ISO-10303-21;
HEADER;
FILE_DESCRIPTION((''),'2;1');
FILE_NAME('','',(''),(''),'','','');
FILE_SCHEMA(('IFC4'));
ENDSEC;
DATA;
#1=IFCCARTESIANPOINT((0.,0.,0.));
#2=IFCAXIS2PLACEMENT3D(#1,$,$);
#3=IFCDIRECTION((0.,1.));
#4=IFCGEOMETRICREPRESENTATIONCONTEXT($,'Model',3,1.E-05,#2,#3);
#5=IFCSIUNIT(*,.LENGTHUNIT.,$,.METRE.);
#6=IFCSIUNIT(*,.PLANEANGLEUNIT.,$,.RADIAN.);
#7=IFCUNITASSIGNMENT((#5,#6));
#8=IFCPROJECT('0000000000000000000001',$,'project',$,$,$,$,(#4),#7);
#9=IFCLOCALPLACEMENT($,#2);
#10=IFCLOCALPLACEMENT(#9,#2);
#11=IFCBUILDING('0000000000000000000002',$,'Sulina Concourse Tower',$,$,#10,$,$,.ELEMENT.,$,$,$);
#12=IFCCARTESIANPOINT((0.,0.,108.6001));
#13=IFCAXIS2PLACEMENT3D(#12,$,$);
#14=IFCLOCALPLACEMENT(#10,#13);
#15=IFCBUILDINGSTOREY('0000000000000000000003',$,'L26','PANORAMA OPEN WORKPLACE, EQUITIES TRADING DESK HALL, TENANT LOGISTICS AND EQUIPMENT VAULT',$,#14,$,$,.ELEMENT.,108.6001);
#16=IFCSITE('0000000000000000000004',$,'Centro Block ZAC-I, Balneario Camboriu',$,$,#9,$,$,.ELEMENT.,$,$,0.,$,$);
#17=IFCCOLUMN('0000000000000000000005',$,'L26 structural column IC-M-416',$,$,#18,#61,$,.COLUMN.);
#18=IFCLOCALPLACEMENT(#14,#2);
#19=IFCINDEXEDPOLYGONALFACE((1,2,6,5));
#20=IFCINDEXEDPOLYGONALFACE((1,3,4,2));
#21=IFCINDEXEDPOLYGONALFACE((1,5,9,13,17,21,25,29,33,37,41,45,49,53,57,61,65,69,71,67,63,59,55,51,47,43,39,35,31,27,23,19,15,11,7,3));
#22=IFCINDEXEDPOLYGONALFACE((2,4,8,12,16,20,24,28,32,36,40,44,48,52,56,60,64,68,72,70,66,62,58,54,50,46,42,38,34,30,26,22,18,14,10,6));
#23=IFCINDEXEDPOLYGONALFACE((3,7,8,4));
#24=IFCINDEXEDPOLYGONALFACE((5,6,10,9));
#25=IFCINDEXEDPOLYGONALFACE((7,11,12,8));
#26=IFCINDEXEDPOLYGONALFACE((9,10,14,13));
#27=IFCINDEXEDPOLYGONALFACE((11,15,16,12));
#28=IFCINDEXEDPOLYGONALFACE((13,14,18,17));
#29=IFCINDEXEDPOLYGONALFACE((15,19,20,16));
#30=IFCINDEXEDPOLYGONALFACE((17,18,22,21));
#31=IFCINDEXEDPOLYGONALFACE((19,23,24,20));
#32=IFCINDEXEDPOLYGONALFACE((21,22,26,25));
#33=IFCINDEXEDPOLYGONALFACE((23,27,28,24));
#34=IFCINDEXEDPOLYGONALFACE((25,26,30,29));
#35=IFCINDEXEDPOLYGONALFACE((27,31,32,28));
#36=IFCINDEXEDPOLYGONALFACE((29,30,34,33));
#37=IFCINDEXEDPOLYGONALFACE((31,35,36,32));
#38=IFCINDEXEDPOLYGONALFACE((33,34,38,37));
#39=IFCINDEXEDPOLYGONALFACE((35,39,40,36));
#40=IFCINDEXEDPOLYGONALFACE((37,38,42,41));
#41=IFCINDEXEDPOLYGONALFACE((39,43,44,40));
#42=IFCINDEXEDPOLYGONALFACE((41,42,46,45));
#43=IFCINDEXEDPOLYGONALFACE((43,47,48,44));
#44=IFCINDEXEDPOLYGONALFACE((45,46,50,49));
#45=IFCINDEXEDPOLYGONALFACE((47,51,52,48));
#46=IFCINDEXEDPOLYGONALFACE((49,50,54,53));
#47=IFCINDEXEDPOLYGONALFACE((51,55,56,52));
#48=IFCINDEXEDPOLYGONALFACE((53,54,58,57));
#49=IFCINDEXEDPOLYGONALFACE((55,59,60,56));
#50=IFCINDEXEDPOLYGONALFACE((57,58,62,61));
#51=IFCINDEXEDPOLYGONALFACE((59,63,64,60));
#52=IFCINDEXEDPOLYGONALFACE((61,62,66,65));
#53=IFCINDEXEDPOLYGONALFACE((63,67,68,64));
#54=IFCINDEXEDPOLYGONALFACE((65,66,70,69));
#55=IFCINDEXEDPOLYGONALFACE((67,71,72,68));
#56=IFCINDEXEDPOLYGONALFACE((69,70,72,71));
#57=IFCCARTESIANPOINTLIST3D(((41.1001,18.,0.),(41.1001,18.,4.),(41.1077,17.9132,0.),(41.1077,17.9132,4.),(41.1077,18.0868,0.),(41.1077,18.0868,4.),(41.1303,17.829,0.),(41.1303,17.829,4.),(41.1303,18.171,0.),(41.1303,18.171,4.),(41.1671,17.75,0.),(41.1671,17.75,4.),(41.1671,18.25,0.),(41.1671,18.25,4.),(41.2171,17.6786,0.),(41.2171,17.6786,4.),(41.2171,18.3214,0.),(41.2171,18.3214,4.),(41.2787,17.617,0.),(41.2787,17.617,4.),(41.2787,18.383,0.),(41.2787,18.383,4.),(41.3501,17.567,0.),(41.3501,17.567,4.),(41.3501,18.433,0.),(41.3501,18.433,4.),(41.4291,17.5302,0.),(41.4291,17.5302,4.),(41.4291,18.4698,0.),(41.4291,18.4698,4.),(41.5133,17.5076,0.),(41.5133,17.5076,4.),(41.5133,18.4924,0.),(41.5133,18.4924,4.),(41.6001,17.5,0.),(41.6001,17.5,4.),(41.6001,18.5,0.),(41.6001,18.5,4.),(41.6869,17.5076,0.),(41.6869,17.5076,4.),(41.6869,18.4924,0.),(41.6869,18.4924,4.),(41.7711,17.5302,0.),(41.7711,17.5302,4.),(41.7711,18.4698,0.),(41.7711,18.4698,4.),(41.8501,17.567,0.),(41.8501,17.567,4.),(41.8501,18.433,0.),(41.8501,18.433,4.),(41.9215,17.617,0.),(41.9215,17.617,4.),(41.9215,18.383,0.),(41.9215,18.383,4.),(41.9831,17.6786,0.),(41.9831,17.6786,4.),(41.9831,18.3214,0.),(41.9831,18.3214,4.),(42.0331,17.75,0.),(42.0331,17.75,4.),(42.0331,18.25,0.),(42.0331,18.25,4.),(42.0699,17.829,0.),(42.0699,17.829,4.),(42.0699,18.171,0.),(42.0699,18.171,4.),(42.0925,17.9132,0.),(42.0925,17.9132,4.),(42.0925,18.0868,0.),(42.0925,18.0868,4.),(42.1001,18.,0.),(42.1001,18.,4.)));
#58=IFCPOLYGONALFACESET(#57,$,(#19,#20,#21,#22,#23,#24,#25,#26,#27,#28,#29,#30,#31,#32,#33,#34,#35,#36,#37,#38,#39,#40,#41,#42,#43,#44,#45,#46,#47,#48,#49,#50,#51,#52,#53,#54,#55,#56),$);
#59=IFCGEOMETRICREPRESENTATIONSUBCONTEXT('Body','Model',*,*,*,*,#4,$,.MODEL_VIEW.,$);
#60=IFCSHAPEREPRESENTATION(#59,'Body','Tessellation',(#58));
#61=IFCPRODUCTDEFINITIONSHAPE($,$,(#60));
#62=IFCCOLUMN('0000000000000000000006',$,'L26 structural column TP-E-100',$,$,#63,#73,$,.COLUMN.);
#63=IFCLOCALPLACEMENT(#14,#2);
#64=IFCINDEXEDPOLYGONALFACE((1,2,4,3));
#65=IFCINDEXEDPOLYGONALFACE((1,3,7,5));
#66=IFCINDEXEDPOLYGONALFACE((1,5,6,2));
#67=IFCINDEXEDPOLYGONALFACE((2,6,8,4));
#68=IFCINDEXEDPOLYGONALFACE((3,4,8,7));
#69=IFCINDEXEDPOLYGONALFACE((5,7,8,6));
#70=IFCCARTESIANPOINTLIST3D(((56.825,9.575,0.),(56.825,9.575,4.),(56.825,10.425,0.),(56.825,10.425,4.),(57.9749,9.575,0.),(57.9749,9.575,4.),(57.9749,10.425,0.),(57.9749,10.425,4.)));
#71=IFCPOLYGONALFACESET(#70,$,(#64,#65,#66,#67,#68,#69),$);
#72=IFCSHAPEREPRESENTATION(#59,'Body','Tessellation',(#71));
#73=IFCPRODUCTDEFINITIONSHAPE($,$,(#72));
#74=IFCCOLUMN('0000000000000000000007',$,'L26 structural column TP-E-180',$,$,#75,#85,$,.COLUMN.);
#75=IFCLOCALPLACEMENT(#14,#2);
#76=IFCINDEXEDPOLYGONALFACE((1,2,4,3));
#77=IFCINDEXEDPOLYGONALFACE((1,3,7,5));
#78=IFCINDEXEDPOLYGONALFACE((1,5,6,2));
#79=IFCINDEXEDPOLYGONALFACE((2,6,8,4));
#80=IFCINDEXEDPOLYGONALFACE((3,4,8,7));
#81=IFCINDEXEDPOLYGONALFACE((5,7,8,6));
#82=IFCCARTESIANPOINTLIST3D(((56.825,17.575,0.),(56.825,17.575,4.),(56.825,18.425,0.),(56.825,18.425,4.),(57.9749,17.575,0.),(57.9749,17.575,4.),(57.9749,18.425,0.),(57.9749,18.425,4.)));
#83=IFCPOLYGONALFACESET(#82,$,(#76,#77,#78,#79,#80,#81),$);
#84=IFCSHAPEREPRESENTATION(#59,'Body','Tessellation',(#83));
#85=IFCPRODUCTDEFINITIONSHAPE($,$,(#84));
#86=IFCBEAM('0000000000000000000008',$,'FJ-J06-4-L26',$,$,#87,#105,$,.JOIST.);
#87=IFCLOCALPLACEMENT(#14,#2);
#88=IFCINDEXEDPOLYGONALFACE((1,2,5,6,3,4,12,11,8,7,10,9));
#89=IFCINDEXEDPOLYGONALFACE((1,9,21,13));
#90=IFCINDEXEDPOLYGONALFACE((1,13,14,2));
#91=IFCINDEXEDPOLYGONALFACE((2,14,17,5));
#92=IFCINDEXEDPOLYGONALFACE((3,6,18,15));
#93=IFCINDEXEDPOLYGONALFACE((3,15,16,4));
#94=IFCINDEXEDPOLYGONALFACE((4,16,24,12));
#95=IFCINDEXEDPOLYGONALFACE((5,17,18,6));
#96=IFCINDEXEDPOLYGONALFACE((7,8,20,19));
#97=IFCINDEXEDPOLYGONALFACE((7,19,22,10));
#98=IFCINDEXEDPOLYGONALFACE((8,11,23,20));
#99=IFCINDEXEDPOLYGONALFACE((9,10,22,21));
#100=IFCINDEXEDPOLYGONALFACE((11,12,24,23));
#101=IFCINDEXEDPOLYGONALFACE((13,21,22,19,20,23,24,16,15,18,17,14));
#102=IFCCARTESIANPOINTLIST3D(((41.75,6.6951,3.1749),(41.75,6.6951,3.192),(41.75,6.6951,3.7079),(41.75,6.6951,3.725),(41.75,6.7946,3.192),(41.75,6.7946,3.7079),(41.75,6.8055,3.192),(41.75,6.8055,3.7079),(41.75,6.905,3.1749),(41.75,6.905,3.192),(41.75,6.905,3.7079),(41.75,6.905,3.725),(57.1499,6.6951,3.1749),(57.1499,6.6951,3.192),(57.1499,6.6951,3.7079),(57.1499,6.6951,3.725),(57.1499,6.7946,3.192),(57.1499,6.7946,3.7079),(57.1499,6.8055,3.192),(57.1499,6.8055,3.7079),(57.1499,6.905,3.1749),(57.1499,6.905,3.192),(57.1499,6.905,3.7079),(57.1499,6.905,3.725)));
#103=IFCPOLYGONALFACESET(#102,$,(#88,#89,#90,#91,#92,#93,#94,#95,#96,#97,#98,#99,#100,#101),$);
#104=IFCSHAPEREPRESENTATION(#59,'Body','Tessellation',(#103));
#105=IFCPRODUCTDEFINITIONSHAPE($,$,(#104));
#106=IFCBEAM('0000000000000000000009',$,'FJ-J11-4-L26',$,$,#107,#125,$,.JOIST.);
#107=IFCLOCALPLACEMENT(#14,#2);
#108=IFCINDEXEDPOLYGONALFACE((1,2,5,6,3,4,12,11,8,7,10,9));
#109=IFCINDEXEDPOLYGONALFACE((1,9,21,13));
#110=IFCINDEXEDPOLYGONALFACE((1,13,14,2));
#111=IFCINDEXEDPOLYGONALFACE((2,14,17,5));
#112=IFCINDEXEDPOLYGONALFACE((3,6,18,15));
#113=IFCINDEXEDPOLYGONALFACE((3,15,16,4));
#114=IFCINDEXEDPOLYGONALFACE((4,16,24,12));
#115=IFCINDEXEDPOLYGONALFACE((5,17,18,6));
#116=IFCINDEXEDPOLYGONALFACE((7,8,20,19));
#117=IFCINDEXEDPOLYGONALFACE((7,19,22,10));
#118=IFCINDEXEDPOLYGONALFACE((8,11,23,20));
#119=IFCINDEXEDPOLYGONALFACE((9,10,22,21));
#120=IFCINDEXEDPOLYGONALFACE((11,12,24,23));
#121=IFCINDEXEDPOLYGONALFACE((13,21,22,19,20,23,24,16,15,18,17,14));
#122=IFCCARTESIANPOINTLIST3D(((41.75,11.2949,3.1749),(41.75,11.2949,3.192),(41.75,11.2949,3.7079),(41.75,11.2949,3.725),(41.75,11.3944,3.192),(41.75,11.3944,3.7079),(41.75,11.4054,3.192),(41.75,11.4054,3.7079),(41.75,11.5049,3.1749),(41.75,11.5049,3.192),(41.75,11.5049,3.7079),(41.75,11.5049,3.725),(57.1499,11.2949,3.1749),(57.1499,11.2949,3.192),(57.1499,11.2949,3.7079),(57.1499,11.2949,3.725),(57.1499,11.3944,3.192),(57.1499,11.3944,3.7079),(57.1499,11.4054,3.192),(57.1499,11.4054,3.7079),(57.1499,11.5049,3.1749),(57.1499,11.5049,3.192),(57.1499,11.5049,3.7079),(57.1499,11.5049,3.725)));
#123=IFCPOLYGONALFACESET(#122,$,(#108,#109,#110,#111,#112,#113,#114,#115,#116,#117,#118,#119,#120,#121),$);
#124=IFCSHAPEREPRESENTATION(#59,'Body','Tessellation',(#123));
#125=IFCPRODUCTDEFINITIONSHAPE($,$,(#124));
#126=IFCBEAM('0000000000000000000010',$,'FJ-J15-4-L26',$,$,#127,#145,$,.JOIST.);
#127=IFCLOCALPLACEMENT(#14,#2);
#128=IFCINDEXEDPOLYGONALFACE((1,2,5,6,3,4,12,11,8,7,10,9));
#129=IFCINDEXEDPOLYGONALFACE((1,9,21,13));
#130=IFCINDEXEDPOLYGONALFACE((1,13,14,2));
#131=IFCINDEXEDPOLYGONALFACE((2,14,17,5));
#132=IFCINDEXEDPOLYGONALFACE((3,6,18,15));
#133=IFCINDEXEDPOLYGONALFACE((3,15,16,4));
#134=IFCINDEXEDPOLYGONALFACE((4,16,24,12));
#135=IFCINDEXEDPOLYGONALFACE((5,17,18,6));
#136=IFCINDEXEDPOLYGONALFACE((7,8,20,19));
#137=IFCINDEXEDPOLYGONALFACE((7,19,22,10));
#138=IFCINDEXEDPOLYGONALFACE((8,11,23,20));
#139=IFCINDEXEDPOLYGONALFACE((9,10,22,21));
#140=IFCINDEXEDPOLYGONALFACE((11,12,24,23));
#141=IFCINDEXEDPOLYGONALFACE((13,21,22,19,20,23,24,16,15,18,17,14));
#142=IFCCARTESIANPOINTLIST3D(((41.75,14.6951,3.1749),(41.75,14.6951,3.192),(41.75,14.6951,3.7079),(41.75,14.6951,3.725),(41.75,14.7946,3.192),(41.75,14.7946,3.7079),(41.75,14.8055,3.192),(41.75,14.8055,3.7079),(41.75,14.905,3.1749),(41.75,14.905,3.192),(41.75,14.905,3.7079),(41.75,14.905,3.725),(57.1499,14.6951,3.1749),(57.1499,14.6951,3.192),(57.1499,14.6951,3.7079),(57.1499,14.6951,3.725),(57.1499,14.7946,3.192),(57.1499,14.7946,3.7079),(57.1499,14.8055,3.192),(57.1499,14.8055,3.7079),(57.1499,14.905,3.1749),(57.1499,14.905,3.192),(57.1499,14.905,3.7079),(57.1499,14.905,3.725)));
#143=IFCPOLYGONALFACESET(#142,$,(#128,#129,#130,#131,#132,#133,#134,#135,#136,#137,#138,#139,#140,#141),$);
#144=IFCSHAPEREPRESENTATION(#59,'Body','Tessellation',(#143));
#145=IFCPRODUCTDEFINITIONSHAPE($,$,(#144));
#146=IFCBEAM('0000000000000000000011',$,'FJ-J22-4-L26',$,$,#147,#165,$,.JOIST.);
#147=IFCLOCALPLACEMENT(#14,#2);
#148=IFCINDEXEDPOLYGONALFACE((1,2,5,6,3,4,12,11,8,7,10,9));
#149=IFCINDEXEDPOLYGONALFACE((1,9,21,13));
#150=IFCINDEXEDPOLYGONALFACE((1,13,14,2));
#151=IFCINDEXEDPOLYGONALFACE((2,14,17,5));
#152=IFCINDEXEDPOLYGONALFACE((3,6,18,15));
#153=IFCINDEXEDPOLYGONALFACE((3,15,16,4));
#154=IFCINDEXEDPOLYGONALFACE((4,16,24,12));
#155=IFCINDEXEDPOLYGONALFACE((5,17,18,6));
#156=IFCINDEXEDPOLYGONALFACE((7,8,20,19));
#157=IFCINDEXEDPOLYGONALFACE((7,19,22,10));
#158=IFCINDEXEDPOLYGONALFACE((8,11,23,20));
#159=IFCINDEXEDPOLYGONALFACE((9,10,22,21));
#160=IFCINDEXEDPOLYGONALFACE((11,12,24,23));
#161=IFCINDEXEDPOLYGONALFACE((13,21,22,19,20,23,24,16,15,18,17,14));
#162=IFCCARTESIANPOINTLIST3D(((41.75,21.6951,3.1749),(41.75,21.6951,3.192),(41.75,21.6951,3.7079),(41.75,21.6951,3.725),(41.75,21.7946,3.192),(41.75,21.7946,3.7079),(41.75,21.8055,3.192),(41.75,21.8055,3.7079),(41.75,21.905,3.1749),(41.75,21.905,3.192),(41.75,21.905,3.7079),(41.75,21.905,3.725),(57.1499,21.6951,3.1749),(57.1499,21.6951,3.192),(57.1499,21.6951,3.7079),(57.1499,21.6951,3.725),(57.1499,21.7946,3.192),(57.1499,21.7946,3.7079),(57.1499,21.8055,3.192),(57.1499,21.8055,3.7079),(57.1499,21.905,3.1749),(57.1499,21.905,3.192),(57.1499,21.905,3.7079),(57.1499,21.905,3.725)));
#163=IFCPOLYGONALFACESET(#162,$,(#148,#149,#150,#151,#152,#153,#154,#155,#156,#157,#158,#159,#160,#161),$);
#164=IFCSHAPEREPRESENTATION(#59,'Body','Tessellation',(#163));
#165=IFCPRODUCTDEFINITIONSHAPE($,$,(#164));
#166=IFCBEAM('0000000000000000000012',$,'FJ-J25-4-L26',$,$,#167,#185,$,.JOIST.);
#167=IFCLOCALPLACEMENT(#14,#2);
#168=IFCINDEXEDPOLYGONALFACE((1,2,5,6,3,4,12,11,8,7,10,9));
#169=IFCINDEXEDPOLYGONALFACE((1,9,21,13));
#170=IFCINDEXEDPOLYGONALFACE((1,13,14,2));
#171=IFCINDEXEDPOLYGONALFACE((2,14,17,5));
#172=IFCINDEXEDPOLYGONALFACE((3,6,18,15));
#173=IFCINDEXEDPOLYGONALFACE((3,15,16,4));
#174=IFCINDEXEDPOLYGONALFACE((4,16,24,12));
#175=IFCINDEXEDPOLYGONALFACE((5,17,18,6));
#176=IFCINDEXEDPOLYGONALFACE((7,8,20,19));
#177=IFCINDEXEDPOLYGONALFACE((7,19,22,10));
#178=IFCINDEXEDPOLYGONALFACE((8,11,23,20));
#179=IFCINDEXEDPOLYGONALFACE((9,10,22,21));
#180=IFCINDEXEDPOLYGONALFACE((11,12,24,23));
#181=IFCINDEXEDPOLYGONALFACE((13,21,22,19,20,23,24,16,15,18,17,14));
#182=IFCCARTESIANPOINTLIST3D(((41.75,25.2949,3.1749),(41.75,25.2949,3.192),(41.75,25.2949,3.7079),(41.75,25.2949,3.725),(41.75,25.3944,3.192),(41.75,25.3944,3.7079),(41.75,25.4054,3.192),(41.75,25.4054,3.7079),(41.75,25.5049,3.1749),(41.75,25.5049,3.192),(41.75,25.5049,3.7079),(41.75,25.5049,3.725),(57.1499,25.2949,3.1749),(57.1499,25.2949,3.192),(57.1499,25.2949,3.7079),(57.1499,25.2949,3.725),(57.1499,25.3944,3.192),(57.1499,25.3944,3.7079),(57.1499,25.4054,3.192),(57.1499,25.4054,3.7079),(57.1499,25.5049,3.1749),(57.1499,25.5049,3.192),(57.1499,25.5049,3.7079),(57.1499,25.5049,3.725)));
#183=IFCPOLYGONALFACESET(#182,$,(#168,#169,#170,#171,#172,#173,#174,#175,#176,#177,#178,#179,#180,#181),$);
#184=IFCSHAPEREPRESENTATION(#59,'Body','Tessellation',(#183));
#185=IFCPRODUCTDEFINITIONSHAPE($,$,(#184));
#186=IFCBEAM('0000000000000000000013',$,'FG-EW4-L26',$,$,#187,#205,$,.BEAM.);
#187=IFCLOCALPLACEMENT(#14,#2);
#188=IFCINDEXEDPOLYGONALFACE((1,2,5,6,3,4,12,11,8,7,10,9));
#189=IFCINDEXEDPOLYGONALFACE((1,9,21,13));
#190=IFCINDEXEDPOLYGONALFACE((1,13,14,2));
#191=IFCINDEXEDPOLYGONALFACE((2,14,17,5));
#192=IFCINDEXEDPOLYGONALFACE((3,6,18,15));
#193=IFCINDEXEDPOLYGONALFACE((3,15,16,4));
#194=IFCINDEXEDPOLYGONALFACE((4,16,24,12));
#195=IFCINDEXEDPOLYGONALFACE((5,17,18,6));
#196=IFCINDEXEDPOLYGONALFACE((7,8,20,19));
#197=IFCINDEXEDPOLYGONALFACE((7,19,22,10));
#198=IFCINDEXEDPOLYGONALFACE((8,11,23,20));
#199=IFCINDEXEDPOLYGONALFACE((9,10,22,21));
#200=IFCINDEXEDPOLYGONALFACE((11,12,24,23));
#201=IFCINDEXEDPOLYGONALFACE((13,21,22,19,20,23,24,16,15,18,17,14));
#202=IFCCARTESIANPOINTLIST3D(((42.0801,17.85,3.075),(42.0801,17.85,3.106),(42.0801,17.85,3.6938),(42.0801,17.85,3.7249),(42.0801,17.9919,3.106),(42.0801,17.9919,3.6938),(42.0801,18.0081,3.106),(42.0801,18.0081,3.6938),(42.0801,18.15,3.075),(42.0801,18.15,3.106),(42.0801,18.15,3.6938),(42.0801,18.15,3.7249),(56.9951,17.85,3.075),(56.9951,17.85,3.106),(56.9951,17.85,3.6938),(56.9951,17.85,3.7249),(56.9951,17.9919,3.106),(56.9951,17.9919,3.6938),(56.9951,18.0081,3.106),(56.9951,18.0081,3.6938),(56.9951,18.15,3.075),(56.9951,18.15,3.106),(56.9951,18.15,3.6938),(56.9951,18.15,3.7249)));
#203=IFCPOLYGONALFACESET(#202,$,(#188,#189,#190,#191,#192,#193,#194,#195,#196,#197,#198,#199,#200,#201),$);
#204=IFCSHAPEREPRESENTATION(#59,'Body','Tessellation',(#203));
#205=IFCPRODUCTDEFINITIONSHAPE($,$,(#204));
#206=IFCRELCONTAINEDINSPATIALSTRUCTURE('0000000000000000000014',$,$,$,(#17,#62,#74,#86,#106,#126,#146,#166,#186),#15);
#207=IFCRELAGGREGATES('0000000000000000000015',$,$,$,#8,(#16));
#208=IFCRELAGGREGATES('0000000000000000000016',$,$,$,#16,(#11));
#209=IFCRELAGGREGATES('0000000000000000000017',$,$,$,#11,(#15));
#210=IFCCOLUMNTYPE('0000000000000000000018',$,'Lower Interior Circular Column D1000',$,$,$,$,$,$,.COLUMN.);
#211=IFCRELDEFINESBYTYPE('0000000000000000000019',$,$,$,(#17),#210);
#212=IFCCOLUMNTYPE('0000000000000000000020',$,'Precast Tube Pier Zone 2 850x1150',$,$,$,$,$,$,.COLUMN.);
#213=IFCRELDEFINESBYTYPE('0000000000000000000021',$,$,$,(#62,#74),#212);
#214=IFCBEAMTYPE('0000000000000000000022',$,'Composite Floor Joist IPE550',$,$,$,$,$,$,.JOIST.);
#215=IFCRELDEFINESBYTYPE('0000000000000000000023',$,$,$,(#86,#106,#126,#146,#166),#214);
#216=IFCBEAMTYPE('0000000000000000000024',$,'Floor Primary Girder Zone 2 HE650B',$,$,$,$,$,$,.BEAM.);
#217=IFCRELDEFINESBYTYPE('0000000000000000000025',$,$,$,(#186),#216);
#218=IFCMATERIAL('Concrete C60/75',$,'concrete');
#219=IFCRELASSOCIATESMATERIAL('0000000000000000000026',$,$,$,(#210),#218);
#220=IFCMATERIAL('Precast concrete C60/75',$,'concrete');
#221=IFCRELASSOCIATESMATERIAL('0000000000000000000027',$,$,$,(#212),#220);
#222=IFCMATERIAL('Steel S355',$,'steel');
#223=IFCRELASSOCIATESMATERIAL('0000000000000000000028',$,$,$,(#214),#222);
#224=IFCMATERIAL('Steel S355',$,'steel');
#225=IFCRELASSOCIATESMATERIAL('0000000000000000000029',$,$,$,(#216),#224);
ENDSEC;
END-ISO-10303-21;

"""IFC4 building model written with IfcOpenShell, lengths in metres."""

from ifc_helpers import new_model, si_unit, direction, frame, origin, origin_2d, place, context, subcontext, project, spatial, rectangle, circle, i_section, extrude, material, material_profile, profile_set, type_object, element, save


model = new_model("IFC4")

# Units and contexts
model_context = context("Model", 3, precision=1e-05, world=origin(), true_north=direction((0.0, 1.0)))
body_context = subcontext(model_context, "Body", "Model", "MODEL_VIEW")
ifc_project = project(units=[si_unit("LENGTHUNIT", "METRE"), si_unit("PLANEANGLEUNIT", "RADIAN")], contexts=[model_context])

# Site, building, storey
site_placement = place(None, origin())
site = spatial("IfcSite", under=ifc_project, at=site_placement, Name="Centro Block ZAC-I, Balneario Camboriu", CompositionType="ELEMENT", RefElevation=0.0)
building_placement = place(site_placement, origin())
building = spatial("IfcBuilding", under=site, at=building_placement, Name="Sulina Concourse Tower", CompositionType="ELEMENT")
storey_placement = place(building_placement, frame((0.0, 0.0, 108.6001)))
storey = spatial("IfcBuildingStorey", under=building, at=storey_placement, Name="L26", Description="PANORAMA OPEN WORKPLACE, EQUITIES TRADING DESK HALL, TENANT LOGISTICS AND EQUIPMENT VAULT", CompositionType="ELEMENT", Elevation=108.6001)

# Columns
ifc_material_1 = material(Name="Concrete C60/75", Category="concrete")
ifc_material_profile_1 = material_profile(ifc_material_1, circle(Radius=0.5, at=origin_2d()), Name="RC D1000")
ifc_profile_set_1 = profile_set([ifc_material_profile_1], Name="Concrete C60/75")
column_type_1 = type_object("IfcColumnType", Name="Lower Interior Circular Column D1000", PredefinedType="COLUMN", material=ifc_profile_set_1)
column_placement = place(storey_placement, frame((41.6001, 18.0, 0.0), z_axis=(0.0, 0.0, 1.0), x_axis=(1.0, 0.0, 0.0)))
element("IfcColumn", 1, at=column_placement, inside=storey, type_object=column_type_1, Name="L26 structural column IC-M-416", PredefinedType="COLUMN", context=body_context, shape_type="SweptSolid", body=[
    extrude(circle(Radius=0.5, at=origin_2d()), origin(), (0.0, 0.0, 1.0), 4.0),
])
ifc_material_2 = material(Name="Precast concrete C60/75", Category="concrete")
ifc_material_profile_2 = material_profile(ifc_material_2, rectangle(XDim=0.8501, YDim=1.1499, at=origin_2d()), Name="PC 850x1150")
ifc_profile_set_2 = profile_set([ifc_material_profile_2], Name="Precast concrete C60/75")
column_type_2 = type_object("IfcColumnType", Name="Precast Tube Pier Zone 2 850x1150", PredefinedType="COLUMN", material=ifc_profile_set_2)
for number, where, z_axis, x_axis, name in (
    (2, (57.3999, 10.0, 0.0), (0.0, 0.0, 1.0), (0.0, 1.0, 0.0), "L26 structural column TP-E-100"),
    (3, (57.3999, 18.0, 0.0), (0.0, 0.0, 1.0), (0.0, 1.0, 0.0), "L26 structural column TP-E-180"),
):
    element("IfcColumn", number, at=place(storey_placement, frame(where, z_axis=z_axis, x_axis=x_axis)), inside=storey, type_object=column_type_2, Name=name, PredefinedType="COLUMN", context=body_context, shape_type="SweptSolid", body=[
        extrude(rectangle(XDim=0.8501, YDim=1.1499, at=origin_2d()), origin(), (0.0, 0.0, 1.0), 4.0),
    ])

# Beams
ifc_material_3 = material(Name="Steel S355", Category="steel")
ifc_material_profile_3 = material_profile(ifc_material_3, i_section(OverallWidth=0.21, OverallDepth=0.55, WebThickness=0.011, FlangeThickness=0.0171, at=origin_2d()), Name="IPE 550")
ifc_profile_set_3 = profile_set([ifc_material_profile_3], Name="Steel S355")
beam_type_1 = type_object("IfcBeamType", Name="Composite Floor Joist IPE550", PredefinedType="JOIST", material=ifc_profile_set_3)
for number, where, z_axis, x_axis, name in (
    (4, (41.75, 6.8, 3.45), (1.0, 0.0, 0.0), (0.0, 1.0, 0.0), "FJ-J06-4-L26"),
    (5, (41.75, 11.3999, 3.45), (1.0, 0.0, 0.0), (0.0, 1.0, 0.0), "FJ-J11-4-L26"),
    (6, (41.75, 14.8, 3.45), (1.0, 0.0, 0.0), (0.0, 1.0, 0.0), "FJ-J15-4-L26"),
    (7, (41.75, 21.8, 3.45), (1.0, 0.0, 0.0), (0.0, 1.0, 0.0), "FJ-J22-4-L26"),
    (8, (41.75, 25.3999, 3.45), (1.0, 0.0, 0.0), (0.0, 1.0, 0.0), "FJ-J25-4-L26"),
):
    element("IfcBeam", number, at=place(storey_placement, frame(where, z_axis=z_axis, x_axis=x_axis)), inside=storey, type_object=beam_type_1, Name=name, PredefinedType="JOIST", context=body_context, shape_type="SweptSolid", body=[
        extrude(i_section(OverallWidth=0.21, OverallDepth=0.55, WebThickness=0.011, FlangeThickness=0.0171, at=origin_2d()), origin(), (0.0, 0.0, 1.0), 15.3999),
    ])
ifc_material_4 = material(Name="Steel S355", Category="steel")
ifc_material_profile_4 = material_profile(ifc_material_4, i_section(OverallWidth=0.3, OverallDepth=0.6499, WebThickness=0.0161, FlangeThickness=0.031, at=origin_2d()), Name="HE 650 B")
ifc_profile_set_4 = profile_set([ifc_material_profile_4], Name="Steel S355")
beam_type_2 = type_object("IfcBeamType", Name="Floor Primary Girder Zone 2 HE650B", PredefinedType="BEAM", material=ifc_profile_set_4)
beam_1_placement = place(storey_placement, frame((42.0801, 18.0, 3.3999), z_axis=(1.0, 0.0, 0.0), x_axis=(0.0, 1.0, 0.0)))
element("IfcBeam", 9, at=beam_1_placement, inside=storey, type_object=beam_type_2, Name="FG-EW4-L26", PredefinedType="BEAM", context=body_context, shape_type="SweptSolid", body=[
    extrude(i_section(OverallWidth=0.3, OverallDepth=0.6499, WebThickness=0.0161, FlangeThickness=0.031, at=origin_2d()), origin(), (0.0, 0.0, 1.0), 14.915),
])

save(model, "model.ifc")
